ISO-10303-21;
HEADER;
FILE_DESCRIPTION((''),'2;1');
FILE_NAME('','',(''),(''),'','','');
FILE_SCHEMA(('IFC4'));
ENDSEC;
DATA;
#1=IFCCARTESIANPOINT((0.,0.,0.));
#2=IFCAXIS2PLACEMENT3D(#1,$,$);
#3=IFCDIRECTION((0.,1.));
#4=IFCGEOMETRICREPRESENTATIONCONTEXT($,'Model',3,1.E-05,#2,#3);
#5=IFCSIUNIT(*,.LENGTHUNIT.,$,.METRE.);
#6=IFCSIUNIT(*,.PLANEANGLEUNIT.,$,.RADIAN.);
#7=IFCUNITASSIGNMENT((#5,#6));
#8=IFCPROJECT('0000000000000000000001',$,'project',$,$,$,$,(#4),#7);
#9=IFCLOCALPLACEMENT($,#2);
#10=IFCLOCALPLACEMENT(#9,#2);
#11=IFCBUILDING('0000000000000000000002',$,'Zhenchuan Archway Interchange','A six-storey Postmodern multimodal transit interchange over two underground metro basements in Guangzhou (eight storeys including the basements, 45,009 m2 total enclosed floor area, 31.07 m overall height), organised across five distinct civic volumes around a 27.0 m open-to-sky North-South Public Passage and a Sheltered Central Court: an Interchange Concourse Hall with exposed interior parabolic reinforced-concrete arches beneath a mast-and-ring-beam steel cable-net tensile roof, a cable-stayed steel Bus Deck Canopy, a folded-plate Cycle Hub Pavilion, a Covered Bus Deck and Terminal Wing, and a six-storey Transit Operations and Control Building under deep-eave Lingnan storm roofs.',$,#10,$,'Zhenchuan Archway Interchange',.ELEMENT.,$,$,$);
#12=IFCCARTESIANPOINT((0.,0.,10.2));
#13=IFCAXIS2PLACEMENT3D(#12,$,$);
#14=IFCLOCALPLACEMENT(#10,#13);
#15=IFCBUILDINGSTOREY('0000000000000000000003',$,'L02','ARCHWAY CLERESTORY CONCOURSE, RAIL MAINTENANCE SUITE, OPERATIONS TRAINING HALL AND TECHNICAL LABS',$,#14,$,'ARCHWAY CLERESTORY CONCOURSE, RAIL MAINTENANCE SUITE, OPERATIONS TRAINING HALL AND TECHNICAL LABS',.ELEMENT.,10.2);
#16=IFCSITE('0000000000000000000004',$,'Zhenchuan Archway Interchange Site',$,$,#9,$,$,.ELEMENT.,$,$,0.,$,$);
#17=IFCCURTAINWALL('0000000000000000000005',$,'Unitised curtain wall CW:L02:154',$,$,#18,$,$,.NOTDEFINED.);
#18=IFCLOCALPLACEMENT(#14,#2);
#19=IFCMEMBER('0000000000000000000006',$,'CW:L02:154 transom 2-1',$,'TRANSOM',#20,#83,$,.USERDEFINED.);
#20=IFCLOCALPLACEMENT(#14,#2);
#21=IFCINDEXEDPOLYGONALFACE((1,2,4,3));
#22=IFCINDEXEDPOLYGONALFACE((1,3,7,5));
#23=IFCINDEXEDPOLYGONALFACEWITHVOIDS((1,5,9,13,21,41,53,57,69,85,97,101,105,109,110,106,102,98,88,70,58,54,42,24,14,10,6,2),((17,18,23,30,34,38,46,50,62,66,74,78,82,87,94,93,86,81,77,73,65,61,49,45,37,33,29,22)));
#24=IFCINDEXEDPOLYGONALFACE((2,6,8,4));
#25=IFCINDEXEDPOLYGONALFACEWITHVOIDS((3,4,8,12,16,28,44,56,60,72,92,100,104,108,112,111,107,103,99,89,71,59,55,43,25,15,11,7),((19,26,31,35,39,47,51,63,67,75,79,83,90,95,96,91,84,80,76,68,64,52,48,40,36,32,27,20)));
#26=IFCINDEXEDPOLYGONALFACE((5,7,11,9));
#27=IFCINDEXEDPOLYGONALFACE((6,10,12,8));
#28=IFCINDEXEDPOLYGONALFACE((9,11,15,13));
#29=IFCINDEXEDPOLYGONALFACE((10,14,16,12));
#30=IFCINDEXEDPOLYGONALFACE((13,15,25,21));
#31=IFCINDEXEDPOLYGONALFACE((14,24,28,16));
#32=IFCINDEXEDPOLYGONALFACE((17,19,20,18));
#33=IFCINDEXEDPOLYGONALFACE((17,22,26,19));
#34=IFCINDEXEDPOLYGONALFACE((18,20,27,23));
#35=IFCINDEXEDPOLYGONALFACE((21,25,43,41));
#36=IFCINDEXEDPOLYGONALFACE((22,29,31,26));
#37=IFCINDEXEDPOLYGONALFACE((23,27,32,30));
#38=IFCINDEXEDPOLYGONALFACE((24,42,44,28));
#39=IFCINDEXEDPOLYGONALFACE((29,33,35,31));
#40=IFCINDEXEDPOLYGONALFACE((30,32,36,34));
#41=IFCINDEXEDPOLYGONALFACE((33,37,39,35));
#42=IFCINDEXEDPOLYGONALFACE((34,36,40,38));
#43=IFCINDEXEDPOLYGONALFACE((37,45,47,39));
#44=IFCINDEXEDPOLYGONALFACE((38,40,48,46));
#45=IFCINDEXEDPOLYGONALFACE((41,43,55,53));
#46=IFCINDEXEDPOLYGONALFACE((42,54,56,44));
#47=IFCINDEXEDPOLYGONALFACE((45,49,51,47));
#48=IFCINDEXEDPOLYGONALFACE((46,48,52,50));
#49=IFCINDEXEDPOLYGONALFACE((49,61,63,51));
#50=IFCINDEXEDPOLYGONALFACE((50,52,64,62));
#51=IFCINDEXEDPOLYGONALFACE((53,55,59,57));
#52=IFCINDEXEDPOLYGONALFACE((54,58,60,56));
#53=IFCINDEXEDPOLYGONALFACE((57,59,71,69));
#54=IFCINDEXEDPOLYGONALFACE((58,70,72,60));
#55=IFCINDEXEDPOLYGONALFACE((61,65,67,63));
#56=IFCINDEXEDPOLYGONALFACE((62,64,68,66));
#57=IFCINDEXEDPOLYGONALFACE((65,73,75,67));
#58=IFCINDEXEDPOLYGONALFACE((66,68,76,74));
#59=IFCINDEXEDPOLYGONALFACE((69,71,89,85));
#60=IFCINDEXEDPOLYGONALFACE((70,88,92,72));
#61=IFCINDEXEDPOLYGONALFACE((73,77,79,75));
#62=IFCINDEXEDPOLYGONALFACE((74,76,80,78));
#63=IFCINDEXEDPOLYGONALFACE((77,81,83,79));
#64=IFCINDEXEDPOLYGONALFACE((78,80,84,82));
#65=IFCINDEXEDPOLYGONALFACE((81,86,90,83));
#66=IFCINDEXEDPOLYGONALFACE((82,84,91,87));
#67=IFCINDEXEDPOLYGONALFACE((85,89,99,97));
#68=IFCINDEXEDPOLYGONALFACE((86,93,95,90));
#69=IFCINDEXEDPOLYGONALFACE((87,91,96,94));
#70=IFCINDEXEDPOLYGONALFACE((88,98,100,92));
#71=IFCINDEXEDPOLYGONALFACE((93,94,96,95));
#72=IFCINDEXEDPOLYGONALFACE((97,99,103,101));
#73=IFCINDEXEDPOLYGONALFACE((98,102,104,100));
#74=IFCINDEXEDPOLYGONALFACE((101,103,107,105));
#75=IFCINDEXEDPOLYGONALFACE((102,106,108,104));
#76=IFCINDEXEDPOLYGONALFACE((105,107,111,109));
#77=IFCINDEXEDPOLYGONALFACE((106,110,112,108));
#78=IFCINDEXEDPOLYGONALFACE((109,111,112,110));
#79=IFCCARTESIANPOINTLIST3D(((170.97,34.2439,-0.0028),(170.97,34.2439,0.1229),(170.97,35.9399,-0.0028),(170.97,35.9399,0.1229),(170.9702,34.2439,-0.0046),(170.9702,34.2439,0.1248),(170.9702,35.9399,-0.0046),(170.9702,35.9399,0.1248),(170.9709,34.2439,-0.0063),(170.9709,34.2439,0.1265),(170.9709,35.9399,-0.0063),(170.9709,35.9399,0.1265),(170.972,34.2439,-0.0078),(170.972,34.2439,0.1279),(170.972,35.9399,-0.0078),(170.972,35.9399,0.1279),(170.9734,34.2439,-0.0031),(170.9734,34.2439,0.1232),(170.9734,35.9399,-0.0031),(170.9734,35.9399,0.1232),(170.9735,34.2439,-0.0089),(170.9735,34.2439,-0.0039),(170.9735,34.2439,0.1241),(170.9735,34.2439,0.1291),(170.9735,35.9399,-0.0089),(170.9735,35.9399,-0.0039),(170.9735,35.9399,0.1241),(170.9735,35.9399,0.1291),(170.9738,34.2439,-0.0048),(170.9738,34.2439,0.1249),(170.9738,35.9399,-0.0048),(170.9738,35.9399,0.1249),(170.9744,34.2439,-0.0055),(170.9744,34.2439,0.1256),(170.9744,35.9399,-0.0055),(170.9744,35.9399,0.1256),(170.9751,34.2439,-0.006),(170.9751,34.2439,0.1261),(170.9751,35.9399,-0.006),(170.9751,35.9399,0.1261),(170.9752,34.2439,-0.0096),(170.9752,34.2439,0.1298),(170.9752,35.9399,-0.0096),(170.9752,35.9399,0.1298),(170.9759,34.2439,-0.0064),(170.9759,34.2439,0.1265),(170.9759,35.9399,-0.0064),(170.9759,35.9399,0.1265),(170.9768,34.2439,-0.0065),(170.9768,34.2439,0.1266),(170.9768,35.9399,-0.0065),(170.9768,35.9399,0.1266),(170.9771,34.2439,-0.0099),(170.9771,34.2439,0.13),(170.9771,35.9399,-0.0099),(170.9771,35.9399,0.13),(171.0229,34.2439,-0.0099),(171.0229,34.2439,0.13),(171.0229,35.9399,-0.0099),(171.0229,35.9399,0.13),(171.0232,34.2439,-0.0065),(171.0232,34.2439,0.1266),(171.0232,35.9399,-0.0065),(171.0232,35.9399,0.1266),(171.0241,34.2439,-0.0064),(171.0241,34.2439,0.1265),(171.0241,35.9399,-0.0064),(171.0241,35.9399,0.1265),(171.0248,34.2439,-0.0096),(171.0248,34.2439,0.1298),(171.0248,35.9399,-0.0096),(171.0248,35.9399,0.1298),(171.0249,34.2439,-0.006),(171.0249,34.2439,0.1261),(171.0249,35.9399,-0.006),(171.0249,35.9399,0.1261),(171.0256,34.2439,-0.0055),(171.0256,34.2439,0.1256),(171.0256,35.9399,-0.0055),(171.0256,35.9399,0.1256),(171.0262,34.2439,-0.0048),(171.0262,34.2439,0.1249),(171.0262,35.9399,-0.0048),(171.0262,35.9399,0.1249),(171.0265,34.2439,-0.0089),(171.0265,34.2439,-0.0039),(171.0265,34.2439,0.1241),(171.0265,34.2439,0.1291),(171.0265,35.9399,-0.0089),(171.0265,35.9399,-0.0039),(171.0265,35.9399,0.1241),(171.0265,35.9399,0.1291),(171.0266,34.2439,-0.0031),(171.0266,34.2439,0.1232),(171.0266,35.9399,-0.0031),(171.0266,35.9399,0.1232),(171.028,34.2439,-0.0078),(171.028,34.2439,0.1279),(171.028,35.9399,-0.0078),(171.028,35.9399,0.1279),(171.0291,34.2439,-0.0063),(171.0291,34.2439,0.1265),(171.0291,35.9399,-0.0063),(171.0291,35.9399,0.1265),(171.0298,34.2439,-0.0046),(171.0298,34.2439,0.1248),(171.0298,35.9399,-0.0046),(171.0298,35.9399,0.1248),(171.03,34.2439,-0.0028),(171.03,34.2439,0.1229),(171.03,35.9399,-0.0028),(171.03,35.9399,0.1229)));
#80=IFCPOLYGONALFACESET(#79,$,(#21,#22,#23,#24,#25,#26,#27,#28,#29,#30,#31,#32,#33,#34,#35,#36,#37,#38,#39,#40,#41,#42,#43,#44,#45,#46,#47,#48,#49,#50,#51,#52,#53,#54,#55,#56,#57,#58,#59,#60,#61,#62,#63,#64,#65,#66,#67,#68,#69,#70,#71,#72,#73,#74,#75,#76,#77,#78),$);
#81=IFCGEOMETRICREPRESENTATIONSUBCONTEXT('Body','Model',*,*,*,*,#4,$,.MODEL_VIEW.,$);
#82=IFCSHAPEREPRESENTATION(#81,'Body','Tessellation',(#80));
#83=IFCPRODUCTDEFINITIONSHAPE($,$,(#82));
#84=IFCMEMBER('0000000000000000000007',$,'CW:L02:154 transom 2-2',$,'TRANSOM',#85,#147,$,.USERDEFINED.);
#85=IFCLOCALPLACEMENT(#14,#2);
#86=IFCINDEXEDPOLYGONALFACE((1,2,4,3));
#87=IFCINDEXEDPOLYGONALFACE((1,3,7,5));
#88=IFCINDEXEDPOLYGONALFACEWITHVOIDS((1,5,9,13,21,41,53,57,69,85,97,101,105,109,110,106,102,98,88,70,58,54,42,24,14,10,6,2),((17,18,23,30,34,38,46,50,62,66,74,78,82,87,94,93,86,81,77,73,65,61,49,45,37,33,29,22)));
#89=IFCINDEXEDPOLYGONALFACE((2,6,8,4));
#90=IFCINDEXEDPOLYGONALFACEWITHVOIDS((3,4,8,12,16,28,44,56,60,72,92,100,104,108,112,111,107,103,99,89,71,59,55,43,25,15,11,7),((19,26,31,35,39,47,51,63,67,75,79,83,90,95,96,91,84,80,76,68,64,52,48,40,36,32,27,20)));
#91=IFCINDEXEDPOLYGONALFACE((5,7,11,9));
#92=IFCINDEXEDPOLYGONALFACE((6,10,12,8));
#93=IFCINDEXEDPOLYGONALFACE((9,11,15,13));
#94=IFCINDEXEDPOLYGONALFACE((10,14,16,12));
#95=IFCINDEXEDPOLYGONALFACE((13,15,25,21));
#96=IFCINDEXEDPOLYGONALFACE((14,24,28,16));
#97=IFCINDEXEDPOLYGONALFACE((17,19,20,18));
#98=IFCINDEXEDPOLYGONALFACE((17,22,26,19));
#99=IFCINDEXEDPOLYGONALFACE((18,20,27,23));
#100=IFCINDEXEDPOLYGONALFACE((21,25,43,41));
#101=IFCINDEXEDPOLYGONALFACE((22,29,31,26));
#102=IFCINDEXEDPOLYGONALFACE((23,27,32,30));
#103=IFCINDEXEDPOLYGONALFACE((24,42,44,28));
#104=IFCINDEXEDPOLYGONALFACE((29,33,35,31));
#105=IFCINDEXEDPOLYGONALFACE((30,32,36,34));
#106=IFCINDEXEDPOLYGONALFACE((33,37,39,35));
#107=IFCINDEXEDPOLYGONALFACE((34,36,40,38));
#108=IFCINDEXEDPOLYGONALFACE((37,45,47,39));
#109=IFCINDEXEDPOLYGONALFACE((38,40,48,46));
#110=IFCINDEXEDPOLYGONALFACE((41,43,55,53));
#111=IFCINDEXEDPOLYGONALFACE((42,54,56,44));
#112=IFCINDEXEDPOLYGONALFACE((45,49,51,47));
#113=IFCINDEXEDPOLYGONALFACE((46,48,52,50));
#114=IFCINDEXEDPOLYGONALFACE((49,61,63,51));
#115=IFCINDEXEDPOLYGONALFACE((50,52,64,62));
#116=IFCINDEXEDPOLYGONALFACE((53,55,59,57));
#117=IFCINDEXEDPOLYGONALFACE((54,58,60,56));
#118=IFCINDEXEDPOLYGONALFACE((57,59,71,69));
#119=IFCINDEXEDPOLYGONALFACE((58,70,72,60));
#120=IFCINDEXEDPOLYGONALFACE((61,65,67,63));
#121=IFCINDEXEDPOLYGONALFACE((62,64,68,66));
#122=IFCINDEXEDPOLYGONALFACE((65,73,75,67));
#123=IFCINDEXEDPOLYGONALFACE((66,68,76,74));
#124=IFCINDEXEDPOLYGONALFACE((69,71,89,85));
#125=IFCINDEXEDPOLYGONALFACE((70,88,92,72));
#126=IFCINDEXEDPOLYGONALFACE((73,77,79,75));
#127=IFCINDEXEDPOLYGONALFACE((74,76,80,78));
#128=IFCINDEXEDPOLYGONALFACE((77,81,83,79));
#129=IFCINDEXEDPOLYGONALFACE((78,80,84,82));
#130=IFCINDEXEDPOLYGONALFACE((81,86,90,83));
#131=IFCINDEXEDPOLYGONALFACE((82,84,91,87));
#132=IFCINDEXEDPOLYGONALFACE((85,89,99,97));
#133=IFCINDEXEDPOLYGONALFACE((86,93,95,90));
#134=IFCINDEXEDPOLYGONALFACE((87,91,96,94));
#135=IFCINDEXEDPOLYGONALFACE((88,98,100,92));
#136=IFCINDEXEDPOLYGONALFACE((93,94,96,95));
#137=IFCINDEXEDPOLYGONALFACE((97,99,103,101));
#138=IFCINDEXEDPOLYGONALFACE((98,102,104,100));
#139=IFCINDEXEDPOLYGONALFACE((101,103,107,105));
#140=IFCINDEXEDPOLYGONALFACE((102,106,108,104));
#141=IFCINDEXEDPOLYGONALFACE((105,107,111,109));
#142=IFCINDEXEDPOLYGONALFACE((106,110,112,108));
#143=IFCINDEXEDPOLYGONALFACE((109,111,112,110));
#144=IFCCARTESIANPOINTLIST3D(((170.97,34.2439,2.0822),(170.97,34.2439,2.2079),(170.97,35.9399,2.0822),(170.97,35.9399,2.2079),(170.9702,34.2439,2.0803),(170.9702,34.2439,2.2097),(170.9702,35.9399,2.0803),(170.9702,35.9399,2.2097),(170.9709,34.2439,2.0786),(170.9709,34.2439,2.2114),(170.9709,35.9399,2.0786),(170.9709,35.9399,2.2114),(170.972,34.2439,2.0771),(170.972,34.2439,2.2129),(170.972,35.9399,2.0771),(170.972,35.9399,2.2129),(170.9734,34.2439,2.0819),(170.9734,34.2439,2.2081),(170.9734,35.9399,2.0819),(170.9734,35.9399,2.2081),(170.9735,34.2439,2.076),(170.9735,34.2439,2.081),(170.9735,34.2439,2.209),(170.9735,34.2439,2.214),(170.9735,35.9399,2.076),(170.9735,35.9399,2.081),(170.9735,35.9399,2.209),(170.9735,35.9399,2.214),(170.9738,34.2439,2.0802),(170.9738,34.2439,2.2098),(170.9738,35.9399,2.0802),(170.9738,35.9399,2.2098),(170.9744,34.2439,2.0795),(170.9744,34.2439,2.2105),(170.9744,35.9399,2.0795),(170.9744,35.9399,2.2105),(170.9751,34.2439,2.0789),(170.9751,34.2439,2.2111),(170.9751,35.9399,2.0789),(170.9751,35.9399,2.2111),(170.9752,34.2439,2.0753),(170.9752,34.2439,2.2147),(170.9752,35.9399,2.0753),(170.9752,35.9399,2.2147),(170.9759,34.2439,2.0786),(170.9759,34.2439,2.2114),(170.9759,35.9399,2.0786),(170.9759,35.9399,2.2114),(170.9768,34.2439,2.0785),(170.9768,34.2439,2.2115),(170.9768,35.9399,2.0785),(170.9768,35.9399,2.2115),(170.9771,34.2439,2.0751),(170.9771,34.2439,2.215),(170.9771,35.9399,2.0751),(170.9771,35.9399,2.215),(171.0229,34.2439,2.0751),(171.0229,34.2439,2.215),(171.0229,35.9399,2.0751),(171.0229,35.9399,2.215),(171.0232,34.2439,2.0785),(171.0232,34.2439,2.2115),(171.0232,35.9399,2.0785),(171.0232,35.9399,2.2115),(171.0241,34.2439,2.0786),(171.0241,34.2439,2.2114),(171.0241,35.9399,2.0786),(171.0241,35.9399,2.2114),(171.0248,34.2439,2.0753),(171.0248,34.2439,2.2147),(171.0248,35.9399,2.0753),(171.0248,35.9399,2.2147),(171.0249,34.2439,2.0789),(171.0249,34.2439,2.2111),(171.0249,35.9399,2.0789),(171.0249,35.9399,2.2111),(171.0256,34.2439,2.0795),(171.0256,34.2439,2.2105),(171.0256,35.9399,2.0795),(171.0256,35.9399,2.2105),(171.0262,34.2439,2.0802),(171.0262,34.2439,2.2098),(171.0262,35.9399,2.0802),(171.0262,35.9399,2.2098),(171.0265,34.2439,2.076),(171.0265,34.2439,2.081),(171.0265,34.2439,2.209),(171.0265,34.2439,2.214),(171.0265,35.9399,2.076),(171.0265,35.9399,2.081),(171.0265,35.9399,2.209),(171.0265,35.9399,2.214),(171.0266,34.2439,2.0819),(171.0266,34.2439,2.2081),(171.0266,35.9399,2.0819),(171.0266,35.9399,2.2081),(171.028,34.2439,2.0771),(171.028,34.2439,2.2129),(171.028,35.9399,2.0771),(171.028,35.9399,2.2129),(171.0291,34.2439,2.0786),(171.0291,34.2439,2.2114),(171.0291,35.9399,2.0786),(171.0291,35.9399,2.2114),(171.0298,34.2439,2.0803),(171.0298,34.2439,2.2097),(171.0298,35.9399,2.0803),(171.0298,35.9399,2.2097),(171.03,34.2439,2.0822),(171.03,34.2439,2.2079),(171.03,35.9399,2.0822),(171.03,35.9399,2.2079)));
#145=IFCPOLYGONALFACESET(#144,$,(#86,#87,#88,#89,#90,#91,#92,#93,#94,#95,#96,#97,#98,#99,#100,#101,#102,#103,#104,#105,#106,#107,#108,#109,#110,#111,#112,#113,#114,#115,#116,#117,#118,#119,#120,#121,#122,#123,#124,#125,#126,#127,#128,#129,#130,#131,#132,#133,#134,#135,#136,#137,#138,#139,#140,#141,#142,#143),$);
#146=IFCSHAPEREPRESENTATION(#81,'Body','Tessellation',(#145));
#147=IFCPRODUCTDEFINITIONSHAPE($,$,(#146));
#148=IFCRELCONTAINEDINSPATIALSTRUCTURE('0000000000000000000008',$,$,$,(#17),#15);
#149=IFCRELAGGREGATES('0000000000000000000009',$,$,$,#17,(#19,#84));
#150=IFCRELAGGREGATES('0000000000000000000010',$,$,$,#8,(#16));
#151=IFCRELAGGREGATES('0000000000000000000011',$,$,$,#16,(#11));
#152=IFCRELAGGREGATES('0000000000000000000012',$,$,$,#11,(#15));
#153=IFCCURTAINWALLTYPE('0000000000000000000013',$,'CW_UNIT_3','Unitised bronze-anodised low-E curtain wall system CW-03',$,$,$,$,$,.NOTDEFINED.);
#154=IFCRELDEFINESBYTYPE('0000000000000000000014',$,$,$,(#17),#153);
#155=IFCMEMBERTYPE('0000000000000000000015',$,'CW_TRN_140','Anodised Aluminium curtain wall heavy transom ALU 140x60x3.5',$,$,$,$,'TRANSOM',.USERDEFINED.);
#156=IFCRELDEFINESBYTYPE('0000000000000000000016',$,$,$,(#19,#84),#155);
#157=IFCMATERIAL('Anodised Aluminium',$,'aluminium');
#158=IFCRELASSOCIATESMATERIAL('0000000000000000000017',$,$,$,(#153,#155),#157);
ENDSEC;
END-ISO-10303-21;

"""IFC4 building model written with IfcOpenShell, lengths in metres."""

from ifc_helpers import new_model, si_unit, direction, frame, origin, origin_2d, place, context, subcontext, project, spatial, hollow_rectangle, extrude, material, material_profile, profile_set, type_object, element, aggregate, save


model = new_model("IFC4")

# Units and contexts
model_context = context("Model", 3, precision=1e-05, world=origin(), true_north=direction((0.0, 1.0)))
body_context = subcontext(model_context, "Body", "Model", "MODEL_VIEW")
ifc_project = project(units=[si_unit("LENGTHUNIT", "METRE"), si_unit("PLANEANGLEUNIT", "RADIAN")], contexts=[model_context])

# Site, building, storey
site_placement = place(None, origin())
site = spatial("IfcSite", under=ifc_project, at=site_placement, Name="Zhenchuan Archway Interchange Site", CompositionType="ELEMENT", RefElevation=0.0)
building_placement = place(site_placement, origin())
building = spatial("IfcBuilding", under=site, at=building_placement, Name="Zhenchuan Archway Interchange", Description="A six-storey Postmodern multimodal transit interchange over two underground metro basements in Guangzhou (eight storeys including the basements, 45,009 m2 total enclosed floor area, 31.07 m overall height), organised across five distinct civic volumes around a 27.0 m open-to-sky North-South Public Passage and a Sheltered Central Court: an Interchange Concourse Hall with exposed interior parabolic reinforced-concrete arches beneath a mast-and-ring-beam steel cable-net tensile roof, a cable-stayed steel Bus Deck Canopy, a folded-plate Cycle Hub Pavilion, a Covered Bus Deck and Terminal Wing, and a six-storey Transit Operations and Control Building under deep-eave Lingnan storm roofs.", LongName="Zhenchuan Archway Interchange", CompositionType="ELEMENT")
storey_placement = place(building_placement, frame((0.0, 0.0, 10.2)))
storey = spatial("IfcBuildingStorey", under=building, at=storey_placement, Name="L02", Description="ARCHWAY CLERESTORY CONCOURSE, RAIL MAINTENANCE SUITE, OPERATIONS TRAINING HALL AND TECHNICAL LABS", LongName="ARCHWAY CLERESTORY CONCOURSE, RAIL MAINTENANCE SUITE, OPERATIONS TRAINING HALL AND TECHNICAL LABS", CompositionType="ELEMENT", Elevation=10.2)

# Curtain wall, members
ifc_material_1 = material(Name="Anodised Aluminium", Category="aluminium")
curtain_wall_type = type_object("IfcCurtainWallType", Name="CW_UNIT_3", Description="Unitised bronze-anodised low-E curtain wall system CW-03", PredefinedType="NOTDEFINED", material=ifc_material_1)
curtain_wall_placement = place(storey_placement, origin())
curtain_wall = element("IfcCurtainWall", 1, at=curtain_wall_placement, inside=storey, type_object=curtain_wall_type, Name="Unitised curtain wall CW:L02:154", PredefinedType="NOTDEFINED")
ifc_material_profile_1 = material_profile(ifc_material_1, hollow_rectangle(XDim=0.0601, YDim=0.1399, WallThickness=0.0034, InnerFilletRadius=0.0034, OuterFilletRadius=0.0071, at=origin_2d()), Name="ALU 140x60x3.5")
ifc_profile_set_1 = profile_set([ifc_material_profile_1], Name="Anodised Aluminium")
member_type_1 = type_object("IfcMemberType", Name="CW_TRN_140", Description="Anodised Aluminium curtain wall heavy transom ALU 140x60x3.5", ElementType="TRANSOM", PredefinedType="USERDEFINED", material=ifc_profile_set_1)
member_1_placement = place(storey_placement, frame((171.0, 35.9399, 0.0601), z_axis=(0.0, -1.0, 0.0), x_axis=(1.0, 0.0, 0.0)))
member_1 = element("IfcMember", 2, at=member_1_placement, type_object=member_type_1, Name="CW:L02:154 transom 2-1", ObjectType="TRANSOM", PredefinedType="USERDEFINED", context=body_context, shape_type="SweptSolid", body=[
    extrude(hollow_rectangle(XDim=0.0601, YDim=0.1399, WallThickness=0.0034, InnerFilletRadius=0.0034, OuterFilletRadius=0.0071, at=origin_2d()), origin(), (0.0, 0.0, 1.0), 1.696),
])
member_2_placement = place(storey_placement, frame((171.0, 35.9399, 2.145), z_axis=(0.0, -1.0, 0.0), x_axis=(1.0, 0.0, 0.0)))
member_2 = element("IfcMember", 3, at=member_2_placement, type_object=member_type_1, Name="CW:L02:154 transom 2-2", ObjectType="TRANSOM", PredefinedType="USERDEFINED", context=body_context, shape_type="SweptSolid", body=[
    extrude(hollow_rectangle(XDim=0.0601, YDim=0.1399, WallThickness=0.0034, InnerFilletRadius=0.0034, OuterFilletRadius=0.0071, at=origin_2d()), origin(), (0.0, 0.0, 1.0), 1.696),
])
aggregate(curtain_wall, [member_1, member_2])

save(model, "model.ifc")
